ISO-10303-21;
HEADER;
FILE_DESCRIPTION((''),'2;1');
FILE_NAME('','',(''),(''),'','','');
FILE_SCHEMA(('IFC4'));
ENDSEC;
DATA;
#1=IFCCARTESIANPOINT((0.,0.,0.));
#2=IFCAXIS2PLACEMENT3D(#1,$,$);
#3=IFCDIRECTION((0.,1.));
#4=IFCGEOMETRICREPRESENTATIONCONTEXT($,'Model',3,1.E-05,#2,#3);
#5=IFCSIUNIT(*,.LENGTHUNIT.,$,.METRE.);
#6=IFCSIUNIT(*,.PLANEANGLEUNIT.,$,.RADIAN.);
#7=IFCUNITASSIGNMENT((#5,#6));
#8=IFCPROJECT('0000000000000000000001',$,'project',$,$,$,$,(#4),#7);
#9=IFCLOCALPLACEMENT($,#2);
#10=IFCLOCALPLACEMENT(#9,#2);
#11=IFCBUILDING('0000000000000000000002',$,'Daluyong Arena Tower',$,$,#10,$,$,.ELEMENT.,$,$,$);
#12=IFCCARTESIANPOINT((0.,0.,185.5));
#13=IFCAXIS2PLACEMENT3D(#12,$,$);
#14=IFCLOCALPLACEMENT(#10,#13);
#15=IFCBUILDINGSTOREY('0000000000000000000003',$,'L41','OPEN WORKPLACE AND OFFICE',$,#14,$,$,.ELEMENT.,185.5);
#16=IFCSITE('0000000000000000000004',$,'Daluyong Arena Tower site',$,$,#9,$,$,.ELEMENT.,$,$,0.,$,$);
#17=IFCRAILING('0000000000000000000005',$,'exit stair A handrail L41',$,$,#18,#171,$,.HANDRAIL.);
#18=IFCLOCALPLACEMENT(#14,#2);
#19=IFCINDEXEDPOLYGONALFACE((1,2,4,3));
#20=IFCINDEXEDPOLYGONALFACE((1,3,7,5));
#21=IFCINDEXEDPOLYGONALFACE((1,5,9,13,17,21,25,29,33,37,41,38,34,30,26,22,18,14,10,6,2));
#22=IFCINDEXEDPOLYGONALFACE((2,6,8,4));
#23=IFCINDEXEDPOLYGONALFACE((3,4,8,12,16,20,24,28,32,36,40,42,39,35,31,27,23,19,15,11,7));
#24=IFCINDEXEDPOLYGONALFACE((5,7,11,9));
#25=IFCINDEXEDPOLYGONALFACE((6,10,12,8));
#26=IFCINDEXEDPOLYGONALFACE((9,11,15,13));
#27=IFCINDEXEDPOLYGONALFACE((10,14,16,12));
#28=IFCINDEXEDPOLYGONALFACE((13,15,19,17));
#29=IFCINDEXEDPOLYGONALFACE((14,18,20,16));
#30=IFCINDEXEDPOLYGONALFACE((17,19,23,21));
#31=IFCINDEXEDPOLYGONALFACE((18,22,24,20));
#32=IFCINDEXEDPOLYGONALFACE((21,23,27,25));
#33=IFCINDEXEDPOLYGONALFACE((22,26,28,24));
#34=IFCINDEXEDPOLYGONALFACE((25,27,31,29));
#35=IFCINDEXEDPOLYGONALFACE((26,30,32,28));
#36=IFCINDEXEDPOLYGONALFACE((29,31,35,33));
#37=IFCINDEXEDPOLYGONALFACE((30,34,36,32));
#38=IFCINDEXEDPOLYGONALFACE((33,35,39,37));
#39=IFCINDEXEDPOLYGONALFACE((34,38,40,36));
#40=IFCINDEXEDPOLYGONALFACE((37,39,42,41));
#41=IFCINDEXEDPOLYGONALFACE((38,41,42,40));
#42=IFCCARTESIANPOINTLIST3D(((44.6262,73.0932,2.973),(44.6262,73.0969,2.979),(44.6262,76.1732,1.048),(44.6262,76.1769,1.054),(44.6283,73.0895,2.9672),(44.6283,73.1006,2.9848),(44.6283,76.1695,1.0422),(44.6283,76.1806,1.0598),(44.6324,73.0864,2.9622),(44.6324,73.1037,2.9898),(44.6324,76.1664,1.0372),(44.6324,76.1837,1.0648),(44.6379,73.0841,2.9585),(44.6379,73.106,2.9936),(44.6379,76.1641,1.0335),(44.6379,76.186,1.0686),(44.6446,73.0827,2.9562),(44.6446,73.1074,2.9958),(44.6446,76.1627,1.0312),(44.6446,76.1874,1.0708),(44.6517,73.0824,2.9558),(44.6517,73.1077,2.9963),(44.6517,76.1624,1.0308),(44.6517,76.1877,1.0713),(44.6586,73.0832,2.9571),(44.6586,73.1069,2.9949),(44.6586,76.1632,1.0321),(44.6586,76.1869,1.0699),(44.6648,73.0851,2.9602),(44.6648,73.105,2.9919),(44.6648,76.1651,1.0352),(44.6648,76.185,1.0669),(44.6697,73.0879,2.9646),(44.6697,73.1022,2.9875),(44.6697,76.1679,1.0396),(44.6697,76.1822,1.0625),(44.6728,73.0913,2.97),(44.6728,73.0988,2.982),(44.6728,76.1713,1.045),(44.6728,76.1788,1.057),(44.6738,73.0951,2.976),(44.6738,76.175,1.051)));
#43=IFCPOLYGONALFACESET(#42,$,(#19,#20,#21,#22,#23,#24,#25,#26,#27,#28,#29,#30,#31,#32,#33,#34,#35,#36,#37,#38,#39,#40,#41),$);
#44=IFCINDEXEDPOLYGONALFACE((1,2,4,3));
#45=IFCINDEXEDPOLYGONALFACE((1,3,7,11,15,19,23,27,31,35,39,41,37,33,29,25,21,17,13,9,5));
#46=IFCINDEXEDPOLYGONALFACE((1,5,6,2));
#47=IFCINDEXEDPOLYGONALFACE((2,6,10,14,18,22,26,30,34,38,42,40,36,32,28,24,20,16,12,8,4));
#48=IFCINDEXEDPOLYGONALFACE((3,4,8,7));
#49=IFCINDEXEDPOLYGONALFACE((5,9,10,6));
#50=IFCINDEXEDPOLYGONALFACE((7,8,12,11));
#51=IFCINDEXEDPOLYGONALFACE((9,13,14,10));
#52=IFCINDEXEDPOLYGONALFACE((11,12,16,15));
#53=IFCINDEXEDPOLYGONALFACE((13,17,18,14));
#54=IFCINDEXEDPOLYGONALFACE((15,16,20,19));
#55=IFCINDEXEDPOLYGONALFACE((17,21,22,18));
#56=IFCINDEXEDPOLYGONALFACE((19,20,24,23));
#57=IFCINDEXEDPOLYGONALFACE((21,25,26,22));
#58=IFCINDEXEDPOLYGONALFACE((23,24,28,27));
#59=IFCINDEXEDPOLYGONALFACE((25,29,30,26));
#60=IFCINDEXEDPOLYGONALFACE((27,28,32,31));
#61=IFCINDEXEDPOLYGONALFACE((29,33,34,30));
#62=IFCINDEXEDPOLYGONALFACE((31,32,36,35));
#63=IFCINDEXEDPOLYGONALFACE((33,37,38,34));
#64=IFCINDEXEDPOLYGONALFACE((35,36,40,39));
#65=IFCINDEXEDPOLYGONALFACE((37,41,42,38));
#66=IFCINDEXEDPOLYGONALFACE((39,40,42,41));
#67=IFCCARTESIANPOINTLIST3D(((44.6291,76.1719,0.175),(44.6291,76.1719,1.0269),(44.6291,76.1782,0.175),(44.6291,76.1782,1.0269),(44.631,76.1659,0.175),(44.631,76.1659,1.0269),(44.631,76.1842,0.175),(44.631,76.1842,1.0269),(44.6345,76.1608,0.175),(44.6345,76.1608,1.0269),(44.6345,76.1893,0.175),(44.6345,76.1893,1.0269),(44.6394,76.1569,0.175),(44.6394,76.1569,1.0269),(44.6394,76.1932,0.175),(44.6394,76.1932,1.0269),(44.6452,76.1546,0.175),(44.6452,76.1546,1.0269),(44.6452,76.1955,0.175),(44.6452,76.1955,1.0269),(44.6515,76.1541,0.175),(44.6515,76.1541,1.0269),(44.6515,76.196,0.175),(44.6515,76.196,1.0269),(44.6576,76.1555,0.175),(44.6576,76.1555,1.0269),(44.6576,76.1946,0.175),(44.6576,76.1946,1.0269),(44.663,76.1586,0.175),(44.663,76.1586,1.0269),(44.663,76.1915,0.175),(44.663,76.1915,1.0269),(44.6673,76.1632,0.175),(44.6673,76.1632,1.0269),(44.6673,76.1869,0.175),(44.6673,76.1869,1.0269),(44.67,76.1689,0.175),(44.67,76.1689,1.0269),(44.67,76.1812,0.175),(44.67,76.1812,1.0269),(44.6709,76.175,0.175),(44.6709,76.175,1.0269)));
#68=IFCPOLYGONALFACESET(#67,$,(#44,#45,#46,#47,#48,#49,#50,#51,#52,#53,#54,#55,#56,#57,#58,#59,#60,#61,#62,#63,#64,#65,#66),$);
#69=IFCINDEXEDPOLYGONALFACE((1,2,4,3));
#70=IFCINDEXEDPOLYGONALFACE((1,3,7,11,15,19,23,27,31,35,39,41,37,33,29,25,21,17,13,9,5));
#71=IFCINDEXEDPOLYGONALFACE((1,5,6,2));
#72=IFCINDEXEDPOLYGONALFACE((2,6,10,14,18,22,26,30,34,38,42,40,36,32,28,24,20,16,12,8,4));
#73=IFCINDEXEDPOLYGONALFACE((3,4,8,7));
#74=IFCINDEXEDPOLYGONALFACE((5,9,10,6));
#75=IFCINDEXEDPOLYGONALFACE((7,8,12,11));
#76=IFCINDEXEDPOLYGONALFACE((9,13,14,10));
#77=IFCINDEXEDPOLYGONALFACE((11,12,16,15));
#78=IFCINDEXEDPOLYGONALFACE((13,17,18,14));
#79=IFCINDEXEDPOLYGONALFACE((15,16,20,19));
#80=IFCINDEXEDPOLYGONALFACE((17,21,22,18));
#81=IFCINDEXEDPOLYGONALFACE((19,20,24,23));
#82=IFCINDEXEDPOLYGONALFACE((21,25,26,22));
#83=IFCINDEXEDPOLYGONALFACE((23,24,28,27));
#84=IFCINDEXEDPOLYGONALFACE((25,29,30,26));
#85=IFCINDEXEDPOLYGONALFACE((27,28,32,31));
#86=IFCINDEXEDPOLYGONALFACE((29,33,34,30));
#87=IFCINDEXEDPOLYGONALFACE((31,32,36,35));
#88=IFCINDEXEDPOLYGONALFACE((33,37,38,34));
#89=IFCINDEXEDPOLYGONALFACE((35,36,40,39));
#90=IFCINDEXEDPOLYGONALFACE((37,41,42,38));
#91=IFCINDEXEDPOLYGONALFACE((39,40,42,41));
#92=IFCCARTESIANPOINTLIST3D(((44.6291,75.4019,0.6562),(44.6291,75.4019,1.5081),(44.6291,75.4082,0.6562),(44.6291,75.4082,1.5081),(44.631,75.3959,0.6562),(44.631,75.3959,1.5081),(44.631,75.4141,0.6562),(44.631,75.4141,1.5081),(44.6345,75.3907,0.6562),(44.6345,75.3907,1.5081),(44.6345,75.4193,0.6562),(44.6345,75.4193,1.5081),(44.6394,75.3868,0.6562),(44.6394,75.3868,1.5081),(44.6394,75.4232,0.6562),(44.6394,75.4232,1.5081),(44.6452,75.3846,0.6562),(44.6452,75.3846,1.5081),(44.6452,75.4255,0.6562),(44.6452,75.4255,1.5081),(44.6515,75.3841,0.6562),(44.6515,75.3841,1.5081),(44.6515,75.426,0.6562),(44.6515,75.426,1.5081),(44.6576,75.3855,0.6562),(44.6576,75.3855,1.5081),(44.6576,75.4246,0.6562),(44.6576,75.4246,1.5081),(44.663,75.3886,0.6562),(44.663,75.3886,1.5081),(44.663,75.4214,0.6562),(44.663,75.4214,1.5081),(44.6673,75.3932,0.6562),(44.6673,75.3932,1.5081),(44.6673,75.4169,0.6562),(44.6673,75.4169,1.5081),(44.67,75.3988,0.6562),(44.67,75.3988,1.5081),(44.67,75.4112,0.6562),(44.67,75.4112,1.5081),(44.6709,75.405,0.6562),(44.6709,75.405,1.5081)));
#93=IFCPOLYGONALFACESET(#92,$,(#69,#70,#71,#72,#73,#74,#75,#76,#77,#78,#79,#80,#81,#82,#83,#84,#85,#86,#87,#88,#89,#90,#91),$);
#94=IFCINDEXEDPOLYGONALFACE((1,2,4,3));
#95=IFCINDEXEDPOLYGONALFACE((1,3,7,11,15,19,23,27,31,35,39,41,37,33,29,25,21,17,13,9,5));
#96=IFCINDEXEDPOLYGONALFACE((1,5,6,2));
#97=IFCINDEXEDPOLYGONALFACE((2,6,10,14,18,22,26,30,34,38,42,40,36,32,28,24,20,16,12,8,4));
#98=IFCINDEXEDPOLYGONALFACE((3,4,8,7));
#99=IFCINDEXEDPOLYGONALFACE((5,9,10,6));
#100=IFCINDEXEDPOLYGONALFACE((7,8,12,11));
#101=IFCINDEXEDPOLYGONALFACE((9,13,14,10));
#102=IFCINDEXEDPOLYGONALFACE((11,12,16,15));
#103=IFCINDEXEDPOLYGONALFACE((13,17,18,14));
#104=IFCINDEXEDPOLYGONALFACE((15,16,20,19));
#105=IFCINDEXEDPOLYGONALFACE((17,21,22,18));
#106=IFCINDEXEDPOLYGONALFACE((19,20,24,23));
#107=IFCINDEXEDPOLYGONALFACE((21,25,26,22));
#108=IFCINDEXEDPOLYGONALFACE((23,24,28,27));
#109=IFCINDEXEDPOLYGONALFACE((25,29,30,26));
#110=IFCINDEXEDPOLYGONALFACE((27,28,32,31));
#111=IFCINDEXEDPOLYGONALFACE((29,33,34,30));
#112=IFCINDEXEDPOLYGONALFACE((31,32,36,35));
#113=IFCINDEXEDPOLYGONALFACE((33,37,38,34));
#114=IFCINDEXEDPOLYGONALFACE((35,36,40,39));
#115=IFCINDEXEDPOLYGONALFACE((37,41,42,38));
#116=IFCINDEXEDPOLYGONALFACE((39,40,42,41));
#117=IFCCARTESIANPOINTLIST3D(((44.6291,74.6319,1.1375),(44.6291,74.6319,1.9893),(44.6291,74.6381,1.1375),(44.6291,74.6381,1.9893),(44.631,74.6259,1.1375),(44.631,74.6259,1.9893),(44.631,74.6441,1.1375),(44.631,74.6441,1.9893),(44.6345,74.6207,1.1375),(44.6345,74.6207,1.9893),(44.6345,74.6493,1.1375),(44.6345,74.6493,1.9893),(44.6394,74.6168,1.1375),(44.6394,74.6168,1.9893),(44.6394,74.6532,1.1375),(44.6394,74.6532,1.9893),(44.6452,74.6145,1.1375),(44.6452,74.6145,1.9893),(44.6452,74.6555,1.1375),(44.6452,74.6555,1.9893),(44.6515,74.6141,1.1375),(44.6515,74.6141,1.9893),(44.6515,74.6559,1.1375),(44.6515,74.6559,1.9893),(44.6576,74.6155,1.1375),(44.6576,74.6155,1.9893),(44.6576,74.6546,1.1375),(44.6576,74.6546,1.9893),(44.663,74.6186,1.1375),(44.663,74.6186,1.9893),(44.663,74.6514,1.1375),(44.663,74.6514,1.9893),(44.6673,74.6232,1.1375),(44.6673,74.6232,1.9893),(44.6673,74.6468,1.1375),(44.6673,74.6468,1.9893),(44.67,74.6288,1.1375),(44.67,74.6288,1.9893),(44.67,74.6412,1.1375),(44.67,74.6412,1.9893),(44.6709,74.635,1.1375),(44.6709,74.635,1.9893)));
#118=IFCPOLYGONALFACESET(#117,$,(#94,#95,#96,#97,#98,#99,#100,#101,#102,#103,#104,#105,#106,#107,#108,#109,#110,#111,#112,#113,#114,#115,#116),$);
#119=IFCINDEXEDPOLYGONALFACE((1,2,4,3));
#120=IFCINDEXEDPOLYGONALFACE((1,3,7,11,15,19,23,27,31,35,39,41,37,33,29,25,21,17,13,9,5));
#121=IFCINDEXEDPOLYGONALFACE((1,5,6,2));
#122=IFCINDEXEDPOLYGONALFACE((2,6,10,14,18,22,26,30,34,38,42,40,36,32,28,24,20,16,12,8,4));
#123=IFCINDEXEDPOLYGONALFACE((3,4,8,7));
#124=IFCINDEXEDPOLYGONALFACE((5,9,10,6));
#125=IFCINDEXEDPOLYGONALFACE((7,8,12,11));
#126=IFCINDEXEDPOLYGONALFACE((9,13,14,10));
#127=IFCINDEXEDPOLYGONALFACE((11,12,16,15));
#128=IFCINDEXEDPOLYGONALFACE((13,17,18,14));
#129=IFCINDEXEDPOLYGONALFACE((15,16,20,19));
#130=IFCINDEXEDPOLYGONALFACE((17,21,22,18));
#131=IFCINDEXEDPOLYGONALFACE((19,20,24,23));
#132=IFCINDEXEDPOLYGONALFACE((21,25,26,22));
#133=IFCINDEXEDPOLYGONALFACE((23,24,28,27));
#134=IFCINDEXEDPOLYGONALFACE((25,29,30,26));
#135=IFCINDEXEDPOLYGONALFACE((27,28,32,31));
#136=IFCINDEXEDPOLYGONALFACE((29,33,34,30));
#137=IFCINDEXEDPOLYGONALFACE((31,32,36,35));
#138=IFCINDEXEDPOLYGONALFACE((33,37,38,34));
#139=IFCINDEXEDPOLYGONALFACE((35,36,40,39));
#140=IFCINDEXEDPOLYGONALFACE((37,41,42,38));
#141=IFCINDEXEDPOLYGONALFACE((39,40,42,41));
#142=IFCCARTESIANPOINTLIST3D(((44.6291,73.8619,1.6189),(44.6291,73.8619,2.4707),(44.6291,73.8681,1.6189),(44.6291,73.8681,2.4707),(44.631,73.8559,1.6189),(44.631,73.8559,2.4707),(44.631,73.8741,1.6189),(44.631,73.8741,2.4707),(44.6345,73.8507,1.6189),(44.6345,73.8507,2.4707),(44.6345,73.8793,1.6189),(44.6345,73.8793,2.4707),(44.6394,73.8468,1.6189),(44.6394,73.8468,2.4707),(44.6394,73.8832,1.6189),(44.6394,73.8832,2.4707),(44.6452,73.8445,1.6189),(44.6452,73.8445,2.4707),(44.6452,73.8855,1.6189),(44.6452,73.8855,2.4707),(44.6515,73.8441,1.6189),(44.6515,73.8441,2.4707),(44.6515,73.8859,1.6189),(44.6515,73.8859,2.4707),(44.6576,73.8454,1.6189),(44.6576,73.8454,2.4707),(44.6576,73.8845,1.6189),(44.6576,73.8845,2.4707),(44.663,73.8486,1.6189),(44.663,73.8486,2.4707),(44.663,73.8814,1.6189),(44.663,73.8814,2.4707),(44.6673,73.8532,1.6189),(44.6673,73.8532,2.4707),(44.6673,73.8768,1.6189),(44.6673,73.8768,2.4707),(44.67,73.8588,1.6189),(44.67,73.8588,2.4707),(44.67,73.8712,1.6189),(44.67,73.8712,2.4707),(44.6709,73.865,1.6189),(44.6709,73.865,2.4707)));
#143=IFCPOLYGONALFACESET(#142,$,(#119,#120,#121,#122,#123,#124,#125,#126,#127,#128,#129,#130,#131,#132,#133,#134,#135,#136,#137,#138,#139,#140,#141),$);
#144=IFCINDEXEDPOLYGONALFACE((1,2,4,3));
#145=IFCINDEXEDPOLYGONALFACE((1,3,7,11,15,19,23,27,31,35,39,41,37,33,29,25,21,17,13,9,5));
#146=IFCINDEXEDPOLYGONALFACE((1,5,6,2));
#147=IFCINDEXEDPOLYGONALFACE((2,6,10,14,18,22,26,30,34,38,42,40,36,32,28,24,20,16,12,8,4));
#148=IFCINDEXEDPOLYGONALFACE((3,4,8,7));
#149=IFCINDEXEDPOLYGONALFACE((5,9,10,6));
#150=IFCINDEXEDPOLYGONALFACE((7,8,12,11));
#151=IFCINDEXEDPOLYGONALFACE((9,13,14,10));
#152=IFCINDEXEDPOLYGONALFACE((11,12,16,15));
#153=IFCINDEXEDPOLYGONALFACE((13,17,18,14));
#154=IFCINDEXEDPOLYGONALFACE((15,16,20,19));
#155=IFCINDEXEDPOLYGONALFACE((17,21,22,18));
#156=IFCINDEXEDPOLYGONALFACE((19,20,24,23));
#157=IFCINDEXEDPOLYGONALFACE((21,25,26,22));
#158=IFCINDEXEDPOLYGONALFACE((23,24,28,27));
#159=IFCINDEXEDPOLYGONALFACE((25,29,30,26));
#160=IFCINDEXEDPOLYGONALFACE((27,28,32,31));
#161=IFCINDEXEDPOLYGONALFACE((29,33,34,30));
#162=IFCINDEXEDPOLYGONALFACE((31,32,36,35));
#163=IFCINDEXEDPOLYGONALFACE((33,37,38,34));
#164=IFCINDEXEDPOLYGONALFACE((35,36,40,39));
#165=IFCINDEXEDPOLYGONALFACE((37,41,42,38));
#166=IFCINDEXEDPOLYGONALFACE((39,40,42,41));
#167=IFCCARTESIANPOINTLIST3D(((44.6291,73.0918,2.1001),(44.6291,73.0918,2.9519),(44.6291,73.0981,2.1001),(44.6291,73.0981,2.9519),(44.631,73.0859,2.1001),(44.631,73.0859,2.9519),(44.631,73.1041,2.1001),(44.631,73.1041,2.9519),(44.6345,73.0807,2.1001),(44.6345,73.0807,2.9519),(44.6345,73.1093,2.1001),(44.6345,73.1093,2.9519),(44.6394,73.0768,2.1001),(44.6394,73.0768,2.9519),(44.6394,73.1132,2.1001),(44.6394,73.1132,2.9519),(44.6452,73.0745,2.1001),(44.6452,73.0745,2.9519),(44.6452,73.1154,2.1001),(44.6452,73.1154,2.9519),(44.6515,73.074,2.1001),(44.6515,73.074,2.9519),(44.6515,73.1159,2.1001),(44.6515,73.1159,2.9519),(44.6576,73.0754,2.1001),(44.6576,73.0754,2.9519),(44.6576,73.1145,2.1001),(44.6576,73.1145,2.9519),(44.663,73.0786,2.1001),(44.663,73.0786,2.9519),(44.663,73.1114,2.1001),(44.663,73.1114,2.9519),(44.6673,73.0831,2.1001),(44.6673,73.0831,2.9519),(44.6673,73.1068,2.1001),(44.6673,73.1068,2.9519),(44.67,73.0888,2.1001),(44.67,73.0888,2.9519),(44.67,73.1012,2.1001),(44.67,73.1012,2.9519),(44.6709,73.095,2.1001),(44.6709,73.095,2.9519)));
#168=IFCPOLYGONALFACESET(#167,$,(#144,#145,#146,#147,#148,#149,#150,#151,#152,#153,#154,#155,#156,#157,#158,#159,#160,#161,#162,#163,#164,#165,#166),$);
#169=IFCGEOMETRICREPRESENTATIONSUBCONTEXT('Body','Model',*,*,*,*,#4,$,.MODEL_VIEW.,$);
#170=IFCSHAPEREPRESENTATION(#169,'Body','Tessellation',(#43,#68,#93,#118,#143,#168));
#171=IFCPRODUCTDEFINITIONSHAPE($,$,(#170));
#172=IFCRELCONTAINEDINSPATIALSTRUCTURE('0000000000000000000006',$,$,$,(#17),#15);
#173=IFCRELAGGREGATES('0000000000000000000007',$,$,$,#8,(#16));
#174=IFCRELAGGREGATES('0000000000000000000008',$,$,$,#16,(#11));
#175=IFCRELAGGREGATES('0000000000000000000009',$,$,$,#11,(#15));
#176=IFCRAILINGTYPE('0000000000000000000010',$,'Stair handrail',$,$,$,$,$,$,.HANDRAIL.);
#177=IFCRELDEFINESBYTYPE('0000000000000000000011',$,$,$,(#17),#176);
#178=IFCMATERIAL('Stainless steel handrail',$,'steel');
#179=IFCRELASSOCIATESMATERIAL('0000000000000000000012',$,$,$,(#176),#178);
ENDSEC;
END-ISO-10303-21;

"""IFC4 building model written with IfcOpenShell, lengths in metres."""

from ifc_helpers import new_model, si_unit, direction, frame, origin, origin_2d, place, context, subcontext, project, spatial, circle, extrude, material, type_object, element, save


model = new_model("IFC4")

# Units and contexts
model_context = context("Model", 3, precision=1e-05, world=origin(), true_north=direction((0.0, 1.0)))
body_context = subcontext(model_context, "Body", "Model", "MODEL_VIEW")
ifc_project = project(units=[si_unit("LENGTHUNIT", "METRE"), si_unit("PLANEANGLEUNIT", "RADIAN")], contexts=[model_context])

# Site, building, storey
site_placement = place(None, origin())
site = spatial("IfcSite", under=ifc_project, at=site_placement, Name="Daluyong Arena Tower site", CompositionType="ELEMENT", RefElevation=0.0)
building_placement = place(site_placement, origin())
building = spatial("IfcBuilding", under=site, at=building_placement, Name="Daluyong Arena Tower", CompositionType="ELEMENT")
storey_placement = place(building_placement, frame((0.0, 0.0, 185.5)))
storey = spatial("IfcBuildingStorey", under=building, at=storey_placement, Name="L41", Description="OPEN WORKPLACE AND OFFICE", CompositionType="ELEMENT", Elevation=185.5)

# Railing
ifc_material_1 = material(Name="Stainless steel handrail", Category="steel")
railing_type_1 = type_object("IfcRailingType", Name="Stair handrail", PredefinedType="HANDRAIL", material=ifc_material_1)
railing_1_placement = place(storey_placement, frame((44.6499, 76.175, 0.175)))
element("IfcRailing", 1, at=railing_1_placement, inside=storey, type_object=railing_type_1, Name="exit stair A handrail L41", PredefinedType="HANDRAIL", context=body_context, shape_type="SweptSolid", body=[
    extrude(circle(Radius=0.0239, at=origin_2d()), frame((0.0, 0.0, 0.876), z_axis=(0.0, -0.847998, 0.529999), x_axis=(1.0, 0.0, 0.0)), (0.0, 0.0, 1.0), 3.6321),
    extrude(circle(Radius=0.021, at=origin_2d()), origin(), (0.0, 0.0, 1.0), 0.8518),
    extrude(circle(Radius=0.021, at=origin_2d()), frame((0.0, -0.77, 0.4812)), (0.0, 0.0, 1.0), 0.8518),
    extrude(circle(Radius=0.021, at=origin_2d()), frame((0.0, -1.54, 0.9624)), (0.0, 0.0, 1.0), 0.8518),
    extrude(circle(Radius=0.021, at=origin_2d()), frame((0.0, -2.3101, 1.4438)), (0.0, 0.0, 1.0), 0.8518),
    extrude(circle(Radius=0.021, at=origin_2d()), frame((0.0, -3.0801, 1.925)), (0.0, 0.0, 1.0), 0.8518),
])

save(model, "model.ifc")
